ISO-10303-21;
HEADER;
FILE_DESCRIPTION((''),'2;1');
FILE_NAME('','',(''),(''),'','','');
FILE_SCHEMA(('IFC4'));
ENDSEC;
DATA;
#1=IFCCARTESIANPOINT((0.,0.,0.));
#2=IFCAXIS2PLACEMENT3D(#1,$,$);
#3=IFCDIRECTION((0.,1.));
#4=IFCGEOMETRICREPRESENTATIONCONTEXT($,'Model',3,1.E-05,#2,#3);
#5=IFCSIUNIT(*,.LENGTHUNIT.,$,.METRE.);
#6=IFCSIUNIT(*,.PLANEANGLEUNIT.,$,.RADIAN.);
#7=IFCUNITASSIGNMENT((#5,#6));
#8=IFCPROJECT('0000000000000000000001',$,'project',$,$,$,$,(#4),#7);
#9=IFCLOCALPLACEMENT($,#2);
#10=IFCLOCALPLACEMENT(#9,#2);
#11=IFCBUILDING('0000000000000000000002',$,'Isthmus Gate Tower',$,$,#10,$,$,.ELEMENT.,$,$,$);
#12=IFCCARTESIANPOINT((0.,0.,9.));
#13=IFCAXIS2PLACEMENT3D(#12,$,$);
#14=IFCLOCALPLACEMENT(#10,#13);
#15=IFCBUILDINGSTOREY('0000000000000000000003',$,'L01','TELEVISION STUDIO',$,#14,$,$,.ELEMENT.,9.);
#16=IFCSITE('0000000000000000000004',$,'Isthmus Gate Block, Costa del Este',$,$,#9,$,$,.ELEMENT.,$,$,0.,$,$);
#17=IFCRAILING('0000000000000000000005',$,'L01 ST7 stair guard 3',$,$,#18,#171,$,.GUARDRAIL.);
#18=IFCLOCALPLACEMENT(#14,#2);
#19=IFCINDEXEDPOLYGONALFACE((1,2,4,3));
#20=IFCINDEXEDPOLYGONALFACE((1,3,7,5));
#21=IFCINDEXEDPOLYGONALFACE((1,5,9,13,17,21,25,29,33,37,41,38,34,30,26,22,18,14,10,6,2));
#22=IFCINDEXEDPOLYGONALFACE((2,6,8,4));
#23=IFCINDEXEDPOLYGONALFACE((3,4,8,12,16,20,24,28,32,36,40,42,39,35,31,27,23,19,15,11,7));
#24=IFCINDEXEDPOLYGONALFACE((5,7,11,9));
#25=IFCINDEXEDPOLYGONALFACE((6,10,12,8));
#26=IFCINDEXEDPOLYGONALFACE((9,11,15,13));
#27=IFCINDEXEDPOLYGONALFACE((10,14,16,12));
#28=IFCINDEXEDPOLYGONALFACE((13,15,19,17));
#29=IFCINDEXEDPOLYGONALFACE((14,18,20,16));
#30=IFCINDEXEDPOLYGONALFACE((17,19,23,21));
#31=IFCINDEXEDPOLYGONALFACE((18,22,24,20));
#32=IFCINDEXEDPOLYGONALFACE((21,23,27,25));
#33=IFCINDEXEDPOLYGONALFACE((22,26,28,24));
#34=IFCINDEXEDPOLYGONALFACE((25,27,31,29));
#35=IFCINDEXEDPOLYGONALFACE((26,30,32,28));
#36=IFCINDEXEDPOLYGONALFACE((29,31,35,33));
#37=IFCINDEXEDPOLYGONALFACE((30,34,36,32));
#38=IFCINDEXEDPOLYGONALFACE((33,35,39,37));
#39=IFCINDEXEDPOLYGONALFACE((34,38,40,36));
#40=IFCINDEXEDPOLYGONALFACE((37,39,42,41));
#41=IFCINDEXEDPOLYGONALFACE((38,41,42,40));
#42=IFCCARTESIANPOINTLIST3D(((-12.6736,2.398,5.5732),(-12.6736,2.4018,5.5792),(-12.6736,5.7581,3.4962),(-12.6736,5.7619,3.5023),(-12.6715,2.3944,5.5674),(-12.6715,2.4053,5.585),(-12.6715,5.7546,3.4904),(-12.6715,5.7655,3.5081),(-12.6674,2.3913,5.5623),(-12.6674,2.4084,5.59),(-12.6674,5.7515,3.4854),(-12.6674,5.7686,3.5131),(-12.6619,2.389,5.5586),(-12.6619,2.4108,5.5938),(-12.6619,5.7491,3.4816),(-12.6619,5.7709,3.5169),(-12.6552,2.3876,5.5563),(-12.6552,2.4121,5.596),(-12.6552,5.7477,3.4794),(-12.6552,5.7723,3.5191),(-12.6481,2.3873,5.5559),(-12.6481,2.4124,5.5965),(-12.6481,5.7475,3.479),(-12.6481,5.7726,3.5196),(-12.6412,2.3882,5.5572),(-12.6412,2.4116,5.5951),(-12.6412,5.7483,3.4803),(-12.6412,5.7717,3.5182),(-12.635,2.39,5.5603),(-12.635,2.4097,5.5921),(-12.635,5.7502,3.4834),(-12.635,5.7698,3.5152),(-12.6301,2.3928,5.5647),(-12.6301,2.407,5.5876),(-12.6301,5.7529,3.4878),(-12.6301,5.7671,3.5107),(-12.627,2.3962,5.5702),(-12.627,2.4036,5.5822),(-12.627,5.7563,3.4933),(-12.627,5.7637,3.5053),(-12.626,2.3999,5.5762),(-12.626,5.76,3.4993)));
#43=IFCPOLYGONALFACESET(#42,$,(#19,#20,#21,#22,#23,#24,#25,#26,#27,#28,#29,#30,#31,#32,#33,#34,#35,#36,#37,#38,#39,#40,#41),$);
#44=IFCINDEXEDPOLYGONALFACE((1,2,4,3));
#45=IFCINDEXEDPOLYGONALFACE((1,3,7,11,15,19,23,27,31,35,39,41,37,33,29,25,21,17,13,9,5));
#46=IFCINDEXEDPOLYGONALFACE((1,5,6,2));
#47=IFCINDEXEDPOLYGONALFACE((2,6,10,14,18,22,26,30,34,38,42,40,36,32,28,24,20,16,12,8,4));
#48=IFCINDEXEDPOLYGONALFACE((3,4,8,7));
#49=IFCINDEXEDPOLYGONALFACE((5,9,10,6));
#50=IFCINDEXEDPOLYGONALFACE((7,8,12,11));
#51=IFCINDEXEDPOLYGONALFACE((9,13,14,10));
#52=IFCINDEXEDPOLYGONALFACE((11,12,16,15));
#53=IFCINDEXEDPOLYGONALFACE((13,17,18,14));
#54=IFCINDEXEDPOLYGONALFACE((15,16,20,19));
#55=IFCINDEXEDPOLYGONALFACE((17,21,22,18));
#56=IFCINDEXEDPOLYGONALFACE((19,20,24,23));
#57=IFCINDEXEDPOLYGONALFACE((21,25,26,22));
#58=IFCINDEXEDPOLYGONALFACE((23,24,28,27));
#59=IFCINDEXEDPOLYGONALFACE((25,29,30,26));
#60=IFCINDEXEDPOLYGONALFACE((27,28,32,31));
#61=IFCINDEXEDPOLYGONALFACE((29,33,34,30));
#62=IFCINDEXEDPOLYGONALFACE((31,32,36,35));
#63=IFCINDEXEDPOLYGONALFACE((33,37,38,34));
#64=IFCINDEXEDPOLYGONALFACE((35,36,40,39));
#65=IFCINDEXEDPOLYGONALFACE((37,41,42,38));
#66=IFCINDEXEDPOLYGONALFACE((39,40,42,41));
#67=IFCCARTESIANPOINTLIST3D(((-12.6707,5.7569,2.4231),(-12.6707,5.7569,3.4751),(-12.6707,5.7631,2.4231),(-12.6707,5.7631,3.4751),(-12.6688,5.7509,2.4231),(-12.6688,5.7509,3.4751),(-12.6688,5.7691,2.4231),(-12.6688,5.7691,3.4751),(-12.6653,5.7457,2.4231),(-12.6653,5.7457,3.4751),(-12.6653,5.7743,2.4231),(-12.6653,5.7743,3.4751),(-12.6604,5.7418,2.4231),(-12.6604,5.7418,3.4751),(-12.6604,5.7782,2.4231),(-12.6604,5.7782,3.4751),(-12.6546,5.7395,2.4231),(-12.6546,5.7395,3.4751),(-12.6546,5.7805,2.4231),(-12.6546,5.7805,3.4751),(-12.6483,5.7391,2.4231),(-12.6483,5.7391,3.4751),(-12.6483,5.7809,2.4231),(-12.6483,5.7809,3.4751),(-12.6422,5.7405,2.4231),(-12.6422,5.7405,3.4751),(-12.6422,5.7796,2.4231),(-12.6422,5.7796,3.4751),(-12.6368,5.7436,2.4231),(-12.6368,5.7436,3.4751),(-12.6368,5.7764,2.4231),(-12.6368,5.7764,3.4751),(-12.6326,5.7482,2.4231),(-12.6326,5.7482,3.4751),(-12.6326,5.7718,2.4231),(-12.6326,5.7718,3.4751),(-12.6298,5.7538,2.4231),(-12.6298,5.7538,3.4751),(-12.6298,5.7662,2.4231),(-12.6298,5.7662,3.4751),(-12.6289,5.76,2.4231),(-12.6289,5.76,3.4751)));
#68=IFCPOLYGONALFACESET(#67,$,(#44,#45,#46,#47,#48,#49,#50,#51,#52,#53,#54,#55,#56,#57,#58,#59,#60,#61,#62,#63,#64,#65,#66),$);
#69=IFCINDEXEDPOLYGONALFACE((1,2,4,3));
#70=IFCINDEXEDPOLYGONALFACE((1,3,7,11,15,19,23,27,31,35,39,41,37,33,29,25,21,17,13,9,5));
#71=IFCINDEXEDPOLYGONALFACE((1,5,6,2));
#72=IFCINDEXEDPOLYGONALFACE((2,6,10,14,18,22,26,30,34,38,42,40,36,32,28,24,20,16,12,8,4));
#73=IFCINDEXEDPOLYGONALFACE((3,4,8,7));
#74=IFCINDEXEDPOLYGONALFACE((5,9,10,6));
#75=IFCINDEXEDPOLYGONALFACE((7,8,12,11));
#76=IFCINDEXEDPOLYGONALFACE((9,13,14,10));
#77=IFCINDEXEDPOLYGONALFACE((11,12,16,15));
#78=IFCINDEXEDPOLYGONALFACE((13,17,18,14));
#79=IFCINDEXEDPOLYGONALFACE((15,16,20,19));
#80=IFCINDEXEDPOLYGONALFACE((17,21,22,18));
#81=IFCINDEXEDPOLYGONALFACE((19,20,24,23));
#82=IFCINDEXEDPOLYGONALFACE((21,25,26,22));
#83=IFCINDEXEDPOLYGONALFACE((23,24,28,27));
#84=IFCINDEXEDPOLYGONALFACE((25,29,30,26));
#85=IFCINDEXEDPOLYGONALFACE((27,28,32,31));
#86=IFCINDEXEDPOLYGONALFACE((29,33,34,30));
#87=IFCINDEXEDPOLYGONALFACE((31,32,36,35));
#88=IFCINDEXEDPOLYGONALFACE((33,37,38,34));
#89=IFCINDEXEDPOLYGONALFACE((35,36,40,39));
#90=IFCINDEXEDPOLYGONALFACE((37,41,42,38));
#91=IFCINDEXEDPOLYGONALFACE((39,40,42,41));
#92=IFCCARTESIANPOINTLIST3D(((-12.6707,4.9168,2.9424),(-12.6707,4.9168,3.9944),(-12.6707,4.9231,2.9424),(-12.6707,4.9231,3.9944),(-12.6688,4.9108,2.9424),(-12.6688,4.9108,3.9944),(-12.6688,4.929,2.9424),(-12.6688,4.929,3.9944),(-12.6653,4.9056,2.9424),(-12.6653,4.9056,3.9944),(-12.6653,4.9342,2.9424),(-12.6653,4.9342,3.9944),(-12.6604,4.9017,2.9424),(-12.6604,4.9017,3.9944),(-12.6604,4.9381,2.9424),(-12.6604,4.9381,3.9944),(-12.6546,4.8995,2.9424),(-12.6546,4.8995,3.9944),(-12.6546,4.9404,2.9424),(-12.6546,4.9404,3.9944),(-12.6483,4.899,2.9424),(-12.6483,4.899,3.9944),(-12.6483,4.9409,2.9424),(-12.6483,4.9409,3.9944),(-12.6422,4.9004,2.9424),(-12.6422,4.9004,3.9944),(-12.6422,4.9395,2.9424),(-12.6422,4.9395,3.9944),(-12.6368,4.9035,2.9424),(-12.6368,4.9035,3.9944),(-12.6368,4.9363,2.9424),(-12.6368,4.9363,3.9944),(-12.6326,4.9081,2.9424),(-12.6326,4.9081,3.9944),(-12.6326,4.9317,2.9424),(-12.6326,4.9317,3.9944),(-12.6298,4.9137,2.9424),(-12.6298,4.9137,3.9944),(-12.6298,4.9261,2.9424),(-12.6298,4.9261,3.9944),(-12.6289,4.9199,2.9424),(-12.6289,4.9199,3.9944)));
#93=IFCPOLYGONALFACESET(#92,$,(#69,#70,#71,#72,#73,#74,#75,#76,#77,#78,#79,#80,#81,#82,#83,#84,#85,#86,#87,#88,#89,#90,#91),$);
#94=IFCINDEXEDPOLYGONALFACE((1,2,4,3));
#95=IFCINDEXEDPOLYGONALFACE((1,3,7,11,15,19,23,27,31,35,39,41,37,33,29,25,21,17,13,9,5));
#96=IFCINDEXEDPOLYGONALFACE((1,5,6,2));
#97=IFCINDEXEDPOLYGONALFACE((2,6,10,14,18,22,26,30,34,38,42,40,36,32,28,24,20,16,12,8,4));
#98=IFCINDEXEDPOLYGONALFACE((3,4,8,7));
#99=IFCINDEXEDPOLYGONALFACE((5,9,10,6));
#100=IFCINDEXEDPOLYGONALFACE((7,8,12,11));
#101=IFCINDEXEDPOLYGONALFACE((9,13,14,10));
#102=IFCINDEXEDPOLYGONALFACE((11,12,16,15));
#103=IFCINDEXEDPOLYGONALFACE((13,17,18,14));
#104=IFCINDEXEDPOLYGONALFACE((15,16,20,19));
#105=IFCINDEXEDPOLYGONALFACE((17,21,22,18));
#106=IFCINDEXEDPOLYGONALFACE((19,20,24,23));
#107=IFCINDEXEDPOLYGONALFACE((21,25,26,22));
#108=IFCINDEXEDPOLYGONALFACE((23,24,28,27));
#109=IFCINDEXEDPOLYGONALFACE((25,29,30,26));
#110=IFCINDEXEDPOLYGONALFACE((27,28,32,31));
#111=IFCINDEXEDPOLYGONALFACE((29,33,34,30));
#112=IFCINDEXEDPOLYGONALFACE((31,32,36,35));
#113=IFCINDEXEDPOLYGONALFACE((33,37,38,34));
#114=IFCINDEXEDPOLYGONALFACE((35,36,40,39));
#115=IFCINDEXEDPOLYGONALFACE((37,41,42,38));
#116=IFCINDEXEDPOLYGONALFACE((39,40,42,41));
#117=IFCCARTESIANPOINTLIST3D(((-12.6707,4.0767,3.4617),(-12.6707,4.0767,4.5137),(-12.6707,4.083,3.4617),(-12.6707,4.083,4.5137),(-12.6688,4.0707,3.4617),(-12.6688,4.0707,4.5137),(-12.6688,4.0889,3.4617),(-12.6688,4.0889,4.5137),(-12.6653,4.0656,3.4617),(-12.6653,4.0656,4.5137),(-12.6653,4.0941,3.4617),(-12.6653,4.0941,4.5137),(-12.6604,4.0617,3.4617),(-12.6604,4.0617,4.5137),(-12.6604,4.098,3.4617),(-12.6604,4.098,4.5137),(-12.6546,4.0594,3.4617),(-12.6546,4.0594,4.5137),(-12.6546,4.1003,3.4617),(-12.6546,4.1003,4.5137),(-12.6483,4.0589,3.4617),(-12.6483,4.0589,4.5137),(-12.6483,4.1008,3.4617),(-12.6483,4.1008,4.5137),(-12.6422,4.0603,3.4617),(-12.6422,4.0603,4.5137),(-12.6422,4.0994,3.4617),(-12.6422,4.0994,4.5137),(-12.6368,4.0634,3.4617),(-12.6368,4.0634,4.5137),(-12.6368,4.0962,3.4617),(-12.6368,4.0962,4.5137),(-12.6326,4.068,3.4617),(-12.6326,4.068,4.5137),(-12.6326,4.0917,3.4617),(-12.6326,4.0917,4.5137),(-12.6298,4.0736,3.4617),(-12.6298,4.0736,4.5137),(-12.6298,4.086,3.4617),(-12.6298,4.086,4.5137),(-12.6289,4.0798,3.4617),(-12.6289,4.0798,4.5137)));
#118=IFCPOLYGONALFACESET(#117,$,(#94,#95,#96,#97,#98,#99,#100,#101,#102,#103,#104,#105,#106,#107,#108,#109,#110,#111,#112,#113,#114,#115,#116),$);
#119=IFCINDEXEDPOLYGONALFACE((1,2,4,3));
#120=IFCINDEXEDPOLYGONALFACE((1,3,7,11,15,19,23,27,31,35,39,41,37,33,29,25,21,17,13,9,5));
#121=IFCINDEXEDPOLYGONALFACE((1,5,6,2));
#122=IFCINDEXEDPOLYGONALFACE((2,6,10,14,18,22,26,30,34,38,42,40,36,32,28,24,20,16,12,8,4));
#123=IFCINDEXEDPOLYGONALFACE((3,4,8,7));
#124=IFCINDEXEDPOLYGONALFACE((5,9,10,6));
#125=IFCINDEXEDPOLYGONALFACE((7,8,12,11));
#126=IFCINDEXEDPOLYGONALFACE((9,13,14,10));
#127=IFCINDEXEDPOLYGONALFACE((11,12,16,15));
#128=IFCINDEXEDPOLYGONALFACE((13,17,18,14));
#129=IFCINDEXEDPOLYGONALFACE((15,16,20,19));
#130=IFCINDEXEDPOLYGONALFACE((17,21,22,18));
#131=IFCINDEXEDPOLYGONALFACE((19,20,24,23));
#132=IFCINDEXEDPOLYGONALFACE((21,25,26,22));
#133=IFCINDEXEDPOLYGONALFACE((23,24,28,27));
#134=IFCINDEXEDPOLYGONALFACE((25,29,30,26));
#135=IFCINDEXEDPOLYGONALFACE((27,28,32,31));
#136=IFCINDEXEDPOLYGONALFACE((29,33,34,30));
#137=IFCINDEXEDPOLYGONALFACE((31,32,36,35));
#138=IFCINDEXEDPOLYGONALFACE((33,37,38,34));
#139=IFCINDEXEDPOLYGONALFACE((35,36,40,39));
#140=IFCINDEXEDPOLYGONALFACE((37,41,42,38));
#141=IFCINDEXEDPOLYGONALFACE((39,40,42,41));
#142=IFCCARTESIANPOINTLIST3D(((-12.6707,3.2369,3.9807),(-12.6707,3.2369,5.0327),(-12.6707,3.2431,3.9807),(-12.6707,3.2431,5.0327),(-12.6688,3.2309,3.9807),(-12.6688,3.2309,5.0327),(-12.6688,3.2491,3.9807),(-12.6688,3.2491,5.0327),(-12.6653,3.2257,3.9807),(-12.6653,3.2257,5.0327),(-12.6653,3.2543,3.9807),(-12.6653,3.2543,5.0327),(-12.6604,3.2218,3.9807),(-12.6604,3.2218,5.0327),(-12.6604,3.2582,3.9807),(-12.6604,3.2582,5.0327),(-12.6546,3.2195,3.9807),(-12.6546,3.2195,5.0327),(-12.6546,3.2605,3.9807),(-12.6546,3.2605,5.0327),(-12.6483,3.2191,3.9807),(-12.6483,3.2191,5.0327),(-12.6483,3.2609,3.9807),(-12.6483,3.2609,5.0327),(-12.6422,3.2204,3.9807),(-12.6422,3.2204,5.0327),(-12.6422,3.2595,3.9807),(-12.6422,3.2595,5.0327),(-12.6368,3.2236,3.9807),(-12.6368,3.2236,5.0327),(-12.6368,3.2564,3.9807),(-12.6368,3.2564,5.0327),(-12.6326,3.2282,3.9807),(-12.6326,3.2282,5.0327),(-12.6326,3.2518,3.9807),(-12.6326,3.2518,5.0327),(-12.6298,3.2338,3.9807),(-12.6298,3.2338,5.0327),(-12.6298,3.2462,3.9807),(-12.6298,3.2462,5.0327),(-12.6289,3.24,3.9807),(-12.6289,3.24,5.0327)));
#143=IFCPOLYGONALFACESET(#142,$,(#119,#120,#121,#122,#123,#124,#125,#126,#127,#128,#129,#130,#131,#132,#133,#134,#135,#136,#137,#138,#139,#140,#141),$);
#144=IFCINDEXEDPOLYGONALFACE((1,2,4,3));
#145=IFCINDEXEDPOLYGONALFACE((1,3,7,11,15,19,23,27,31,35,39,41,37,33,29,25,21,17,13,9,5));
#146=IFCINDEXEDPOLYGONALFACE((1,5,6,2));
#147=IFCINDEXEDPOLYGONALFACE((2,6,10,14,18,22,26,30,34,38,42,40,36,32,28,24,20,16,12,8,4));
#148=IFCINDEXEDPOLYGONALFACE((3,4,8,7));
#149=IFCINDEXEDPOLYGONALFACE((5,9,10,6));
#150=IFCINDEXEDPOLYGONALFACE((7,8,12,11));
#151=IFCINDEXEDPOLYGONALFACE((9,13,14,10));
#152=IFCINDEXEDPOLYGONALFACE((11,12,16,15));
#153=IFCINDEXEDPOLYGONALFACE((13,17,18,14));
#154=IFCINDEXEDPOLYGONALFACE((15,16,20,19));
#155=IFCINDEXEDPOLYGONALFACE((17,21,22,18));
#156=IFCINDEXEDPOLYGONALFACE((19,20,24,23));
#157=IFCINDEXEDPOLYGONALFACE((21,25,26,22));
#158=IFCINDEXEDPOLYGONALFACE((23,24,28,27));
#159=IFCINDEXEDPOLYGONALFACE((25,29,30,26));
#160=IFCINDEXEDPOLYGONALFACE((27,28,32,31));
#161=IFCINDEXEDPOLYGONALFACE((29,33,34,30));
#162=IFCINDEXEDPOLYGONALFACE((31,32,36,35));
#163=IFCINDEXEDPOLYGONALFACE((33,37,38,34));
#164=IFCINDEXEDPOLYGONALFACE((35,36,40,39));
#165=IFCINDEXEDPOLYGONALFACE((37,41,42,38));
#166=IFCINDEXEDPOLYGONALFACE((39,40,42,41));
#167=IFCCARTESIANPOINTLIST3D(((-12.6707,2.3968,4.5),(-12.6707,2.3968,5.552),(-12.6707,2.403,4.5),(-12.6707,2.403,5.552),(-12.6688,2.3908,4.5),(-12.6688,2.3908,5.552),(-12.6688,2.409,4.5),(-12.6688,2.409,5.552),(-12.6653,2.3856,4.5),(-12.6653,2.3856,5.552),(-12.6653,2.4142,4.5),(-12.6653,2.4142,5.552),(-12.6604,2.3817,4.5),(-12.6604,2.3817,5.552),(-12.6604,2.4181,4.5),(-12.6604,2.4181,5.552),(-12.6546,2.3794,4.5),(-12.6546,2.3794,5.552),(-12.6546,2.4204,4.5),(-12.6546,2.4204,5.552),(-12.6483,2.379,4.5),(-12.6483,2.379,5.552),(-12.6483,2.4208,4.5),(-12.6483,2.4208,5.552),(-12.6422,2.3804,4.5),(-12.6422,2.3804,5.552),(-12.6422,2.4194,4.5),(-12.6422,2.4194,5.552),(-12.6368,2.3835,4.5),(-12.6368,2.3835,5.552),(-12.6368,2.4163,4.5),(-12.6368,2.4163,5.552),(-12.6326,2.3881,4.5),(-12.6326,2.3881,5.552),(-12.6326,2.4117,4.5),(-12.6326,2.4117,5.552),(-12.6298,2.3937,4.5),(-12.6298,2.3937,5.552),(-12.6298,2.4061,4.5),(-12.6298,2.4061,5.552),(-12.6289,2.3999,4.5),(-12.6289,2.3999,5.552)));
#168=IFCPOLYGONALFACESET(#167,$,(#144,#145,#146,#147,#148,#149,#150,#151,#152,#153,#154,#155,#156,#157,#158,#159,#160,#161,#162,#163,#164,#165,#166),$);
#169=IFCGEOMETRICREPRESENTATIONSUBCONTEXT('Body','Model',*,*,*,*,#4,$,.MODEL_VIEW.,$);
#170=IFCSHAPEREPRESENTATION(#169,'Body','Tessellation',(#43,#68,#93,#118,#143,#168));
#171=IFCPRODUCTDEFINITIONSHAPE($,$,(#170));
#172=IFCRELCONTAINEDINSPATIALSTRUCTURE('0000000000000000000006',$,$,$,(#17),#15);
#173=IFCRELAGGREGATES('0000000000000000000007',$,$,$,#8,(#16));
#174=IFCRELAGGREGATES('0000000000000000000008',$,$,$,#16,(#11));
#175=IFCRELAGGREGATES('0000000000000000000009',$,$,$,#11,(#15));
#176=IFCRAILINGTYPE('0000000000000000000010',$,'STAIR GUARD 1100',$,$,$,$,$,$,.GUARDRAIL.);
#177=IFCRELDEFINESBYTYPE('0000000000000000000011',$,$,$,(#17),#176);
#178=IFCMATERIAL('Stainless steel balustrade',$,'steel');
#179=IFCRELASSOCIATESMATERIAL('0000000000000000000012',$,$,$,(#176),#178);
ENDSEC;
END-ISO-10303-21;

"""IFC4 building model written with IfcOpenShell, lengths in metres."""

from ifc_helpers import new_model, si_unit, direction, frame, origin, origin_2d, place, context, subcontext, project, spatial, circle, extrude, material, type_object, element, save


model = new_model("IFC4")

# Units and contexts
model_context = context("Model", 3, precision=1e-05, world=origin(), true_north=direction((0.0, 1.0)))
body_context = subcontext(model_context, "Body", "Model", "MODEL_VIEW")
ifc_project = project(units=[si_unit("LENGTHUNIT", "METRE"), si_unit("PLANEANGLEUNIT", "RADIAN")], contexts=[model_context])

# Site, building, storey
site_placement = place(None, origin())
site = spatial("IfcSite", under=ifc_project, at=site_placement, Name="Isthmus Gate Block, Costa del Este", CompositionType="ELEMENT", RefElevation=0.0)
building_placement = place(site_placement, origin())
building = spatial("IfcBuilding", under=site, at=building_placement, Name="Isthmus Gate Tower", CompositionType="ELEMENT")
storey_placement = place(building_placement, frame((0.0, 0.0, 9.0)))
storey = spatial("IfcBuildingStorey", under=building, at=storey_placement, Name="L01", Description="TELEVISION STUDIO", CompositionType="ELEMENT", Elevation=9.0)

# Railing
ifc_material_1 = material(Name="Stainless steel balustrade", Category="steel")
railing_type_1 = type_object("IfcRailingType", Name="STAIR GUARD 1100", PredefinedType="GUARDRAIL", material=ifc_material_1)
railing_1_placement = place(storey_placement, frame((-12.6499, 5.76, 2.4231)))
element("IfcRailing", 1, at=railing_1_placement, inside=storey, type_object=railing_type_1, Name="L01 ST7 stair guard 3", PredefinedType="GUARDRAIL", context=body_context, shape_type="SweptSolid", body=[
    extrude(circle(Radius=0.0239, at=origin_2d()), frame((0.0, 0.0, 1.0762), z_axis=(0.0, -0.850623, 0.525776), x_axis=(1.0, 0.0, 0.0)), (0.0, 0.0, 1.0), 3.9502),
    extrude(circle(Radius=0.021, at=origin_2d()), origin(), (0.0, 0.0, 1.0), 1.052),
    extrude(circle(Radius=0.021, at=origin_2d()), frame((0.0, -0.8401, 0.5193)), (0.0, 0.0, 1.0), 1.052),
    extrude(circle(Radius=0.021, at=origin_2d()), frame((0.0, -1.6802, 1.0386)), (0.0, 0.0, 1.0), 1.052),
    extrude(circle(Radius=0.021, at=origin_2d()), frame((0.0, -2.52, 1.5576)), (0.0, 0.0, 1.0), 1.052),
    extrude(circle(Radius=0.021, at=origin_2d()), frame((0.0, -3.3601, 2.0769)), (0.0, 0.0, 1.0), 1.052),
])

save(model, "model.ifc")
